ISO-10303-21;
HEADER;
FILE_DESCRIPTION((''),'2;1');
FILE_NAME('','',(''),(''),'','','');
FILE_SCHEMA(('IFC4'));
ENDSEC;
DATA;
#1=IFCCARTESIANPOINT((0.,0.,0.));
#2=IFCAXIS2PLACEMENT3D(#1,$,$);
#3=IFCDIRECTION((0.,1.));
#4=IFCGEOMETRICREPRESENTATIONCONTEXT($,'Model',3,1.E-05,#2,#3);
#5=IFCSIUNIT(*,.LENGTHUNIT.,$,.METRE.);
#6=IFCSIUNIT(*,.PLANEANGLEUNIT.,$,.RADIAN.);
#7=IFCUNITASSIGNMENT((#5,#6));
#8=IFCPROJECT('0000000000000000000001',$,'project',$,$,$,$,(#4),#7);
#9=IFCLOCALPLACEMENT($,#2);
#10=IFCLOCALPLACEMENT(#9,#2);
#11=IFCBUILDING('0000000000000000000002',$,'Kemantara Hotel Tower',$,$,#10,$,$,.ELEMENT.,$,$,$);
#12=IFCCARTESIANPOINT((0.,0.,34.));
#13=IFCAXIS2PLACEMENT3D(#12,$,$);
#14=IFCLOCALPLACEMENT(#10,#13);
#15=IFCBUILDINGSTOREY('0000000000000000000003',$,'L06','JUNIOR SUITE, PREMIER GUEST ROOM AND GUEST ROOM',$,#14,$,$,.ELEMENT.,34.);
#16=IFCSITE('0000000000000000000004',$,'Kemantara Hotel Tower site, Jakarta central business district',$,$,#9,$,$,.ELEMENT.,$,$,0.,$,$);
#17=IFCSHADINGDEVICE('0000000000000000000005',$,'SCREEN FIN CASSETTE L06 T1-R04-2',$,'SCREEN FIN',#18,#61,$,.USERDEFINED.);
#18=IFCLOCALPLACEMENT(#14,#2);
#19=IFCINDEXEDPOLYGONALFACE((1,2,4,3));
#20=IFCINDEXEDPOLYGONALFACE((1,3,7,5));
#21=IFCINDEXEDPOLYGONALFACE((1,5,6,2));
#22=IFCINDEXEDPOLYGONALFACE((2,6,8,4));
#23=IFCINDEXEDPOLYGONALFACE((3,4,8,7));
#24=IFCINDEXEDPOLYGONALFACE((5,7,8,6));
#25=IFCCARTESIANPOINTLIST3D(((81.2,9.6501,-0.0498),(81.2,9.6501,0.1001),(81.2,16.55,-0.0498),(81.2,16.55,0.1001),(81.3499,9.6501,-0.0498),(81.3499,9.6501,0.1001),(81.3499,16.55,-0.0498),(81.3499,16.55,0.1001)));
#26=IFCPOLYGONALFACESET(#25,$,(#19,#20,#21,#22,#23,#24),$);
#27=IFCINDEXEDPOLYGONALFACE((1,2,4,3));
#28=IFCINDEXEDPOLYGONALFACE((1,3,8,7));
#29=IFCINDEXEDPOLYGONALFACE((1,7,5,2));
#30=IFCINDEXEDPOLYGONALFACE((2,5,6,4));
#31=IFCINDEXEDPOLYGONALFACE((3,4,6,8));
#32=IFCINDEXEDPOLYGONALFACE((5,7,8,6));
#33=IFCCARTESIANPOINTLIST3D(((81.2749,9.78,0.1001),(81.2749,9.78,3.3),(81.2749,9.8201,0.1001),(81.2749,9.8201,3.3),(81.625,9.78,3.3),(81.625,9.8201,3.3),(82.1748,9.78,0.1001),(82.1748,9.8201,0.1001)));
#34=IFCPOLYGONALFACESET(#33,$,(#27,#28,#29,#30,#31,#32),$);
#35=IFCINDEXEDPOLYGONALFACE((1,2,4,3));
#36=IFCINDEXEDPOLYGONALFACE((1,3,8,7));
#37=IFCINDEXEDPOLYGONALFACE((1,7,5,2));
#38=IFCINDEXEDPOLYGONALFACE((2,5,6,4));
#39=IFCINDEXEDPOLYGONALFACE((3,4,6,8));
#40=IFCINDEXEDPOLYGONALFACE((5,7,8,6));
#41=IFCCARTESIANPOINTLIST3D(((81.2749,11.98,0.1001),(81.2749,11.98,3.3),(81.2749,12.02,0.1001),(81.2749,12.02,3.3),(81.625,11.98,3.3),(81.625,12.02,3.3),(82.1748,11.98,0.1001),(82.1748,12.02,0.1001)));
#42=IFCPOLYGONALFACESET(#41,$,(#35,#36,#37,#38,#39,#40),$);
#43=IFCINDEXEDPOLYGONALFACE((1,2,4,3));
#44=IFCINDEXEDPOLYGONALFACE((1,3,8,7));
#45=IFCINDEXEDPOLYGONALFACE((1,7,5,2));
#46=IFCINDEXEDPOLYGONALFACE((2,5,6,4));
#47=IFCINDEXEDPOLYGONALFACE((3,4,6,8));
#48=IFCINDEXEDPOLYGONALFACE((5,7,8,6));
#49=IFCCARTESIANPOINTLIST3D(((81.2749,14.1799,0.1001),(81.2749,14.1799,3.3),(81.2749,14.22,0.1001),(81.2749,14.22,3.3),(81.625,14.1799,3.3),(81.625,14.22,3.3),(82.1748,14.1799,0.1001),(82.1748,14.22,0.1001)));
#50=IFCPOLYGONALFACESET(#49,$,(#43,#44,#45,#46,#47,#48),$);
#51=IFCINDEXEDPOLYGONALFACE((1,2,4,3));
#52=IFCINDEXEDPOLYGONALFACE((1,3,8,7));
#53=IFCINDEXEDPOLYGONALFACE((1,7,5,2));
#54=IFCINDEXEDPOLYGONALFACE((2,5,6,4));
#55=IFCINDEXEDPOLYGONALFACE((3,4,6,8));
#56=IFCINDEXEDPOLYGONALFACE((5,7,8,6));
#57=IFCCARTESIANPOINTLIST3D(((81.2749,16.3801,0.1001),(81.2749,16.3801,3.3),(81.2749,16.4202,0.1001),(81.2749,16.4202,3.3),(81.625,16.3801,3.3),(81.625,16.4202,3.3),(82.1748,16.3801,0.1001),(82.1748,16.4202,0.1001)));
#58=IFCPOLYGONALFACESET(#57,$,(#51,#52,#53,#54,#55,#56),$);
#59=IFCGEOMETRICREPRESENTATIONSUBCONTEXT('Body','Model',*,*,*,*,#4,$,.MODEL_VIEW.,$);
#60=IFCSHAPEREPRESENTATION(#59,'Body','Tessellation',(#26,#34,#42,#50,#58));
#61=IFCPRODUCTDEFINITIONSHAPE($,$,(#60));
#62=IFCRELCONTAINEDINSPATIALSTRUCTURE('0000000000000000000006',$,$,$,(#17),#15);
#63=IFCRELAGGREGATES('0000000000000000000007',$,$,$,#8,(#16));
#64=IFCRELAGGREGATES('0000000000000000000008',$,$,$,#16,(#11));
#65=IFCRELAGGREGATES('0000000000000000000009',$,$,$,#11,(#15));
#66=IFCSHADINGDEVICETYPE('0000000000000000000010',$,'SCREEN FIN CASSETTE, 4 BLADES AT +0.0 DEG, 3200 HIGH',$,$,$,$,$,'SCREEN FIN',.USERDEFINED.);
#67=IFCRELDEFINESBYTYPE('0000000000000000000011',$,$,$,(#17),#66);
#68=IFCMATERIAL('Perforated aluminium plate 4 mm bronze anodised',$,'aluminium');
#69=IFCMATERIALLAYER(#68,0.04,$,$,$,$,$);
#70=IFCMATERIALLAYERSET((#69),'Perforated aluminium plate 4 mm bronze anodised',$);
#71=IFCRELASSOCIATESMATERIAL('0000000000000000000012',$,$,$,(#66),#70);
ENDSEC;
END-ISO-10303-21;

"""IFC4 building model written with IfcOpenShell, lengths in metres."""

from ifc_helpers import new_model, si_unit, direction, frame, origin, origin_2d, place, context, subcontext, project, spatial, polyline, rectangle, outline, extrude, source, transform, mapped, material, layer, layer_set, type_object, element, save


model = new_model("IFC4")

# Units and contexts
model_context = context("Model", 3, precision=1e-05, world=origin(), true_north=direction((0.0, 1.0)))
body_context = subcontext(model_context, "Body", "Model", "MODEL_VIEW")
ifc_project = project(units=[si_unit("LENGTHUNIT", "METRE"), si_unit("PLANEANGLEUNIT", "RADIAN")], contexts=[model_context])

# Site, building, storey
site_placement = place(None, origin())
site = spatial("IfcSite", under=ifc_project, at=site_placement, Name="Kemantara Hotel Tower site, Jakarta central business district", CompositionType="ELEMENT", RefElevation=0.0)
building_placement = place(site_placement, origin())
building = spatial("IfcBuilding", under=site, at=building_placement, Name="Kemantara Hotel Tower", CompositionType="ELEMENT")
storey_placement = place(building_placement, frame((0.0, 0.0, 34.0)))
storey = spatial("IfcBuildingStorey", under=building, at=storey_placement, Name="L06", Description="JUNIOR SUITE, PREMIER GUEST ROOM AND GUEST ROOM", CompositionType="ELEMENT", Elevation=34.0)

# Shading device
ifc_material_1 = material(Name="Perforated aluminium plate 4 mm bronze anodised", Category="aluminium")
ifc_layer_1 = layer(ifc_material_1, 0.04)
ifc_layer_set_1 = layer_set([ifc_layer_1], Name="Perforated aluminium plate 4 mm bronze anodised")
shading_device_type_1 = type_object("IfcShadingDeviceType", Name="SCREEN FIN CASSETTE, 4 BLADES AT +0.0 DEG, 3200 HIGH", ElementType="SCREEN FIN", PredefinedType="USERDEFINED", material=ifc_layer_set_1)
shared_shape_1 = source(origin(), body_context, "Body", "SweptSolid", [
    extrude(rectangle(XDim=6.8999, YDim=0.1499, at=origin_2d()), frame((3.3, -0.075, -0.1499), z_axis=(0.0, 0.0, 1.0), x_axis=(1.0, 0.0, 0.0)), (0.0, 0.0, 1.0), 0.1499),
    extrude(outline(polyline([(0.0, 0.0), (0.8999, 0.0), (0.3501, 3.2), (0.0, 3.2), (0.0, 0.0)])), frame((0.02, -0.075, 0.0), z_axis=(-1.0, 0.0, 0.0), x_axis=(0.0, -1.0, 0.0)), (0.0, 0.0, 1.0), 0.04),
    extrude(outline(polyline([(0.0, 0.0), (0.8999, 0.0), (0.3501, 3.2), (0.0, 3.2), (0.0, 0.0)])), frame((2.22, -0.075, 0.0), z_axis=(-1.0, 0.0, 0.0), x_axis=(0.0, -1.0, 0.0)), (0.0, 0.0, 1.0), 0.04),
    extrude(outline(polyline([(0.0, 0.0), (0.8999, 0.0), (0.3501, 3.2), (0.0, 3.2), (0.0, 0.0)])), frame((4.4199, -0.075, 0.0), z_axis=(-1.0, 0.0, 0.0), x_axis=(0.0, -1.0, 0.0)), (0.0, 0.0, 1.0), 0.04),
    extrude(outline(polyline([(0.0, 0.0), (0.8999, 0.0), (0.3501, 3.2), (0.0, 3.2), (0.0, 0.0)])), frame((6.6201, -0.075, 0.0), z_axis=(-1.0, 0.0, 0.0), x_axis=(0.0, -1.0, 0.0)), (0.0, 0.0, 1.0), 0.04),
])
shading_device_1_placement = place(storey_placement, frame((81.2, 9.8, 0.1001), z_axis=(0.0, 0.0, 1.0), x_axis=(0.0, 1.0, 0.0)))
element("IfcShadingDevice", 1, at=shading_device_1_placement, inside=storey, type_object=shading_device_type_1, Name="SCREEN FIN CASSETTE L06 T1-R04-2", ObjectType="SCREEN FIN", PredefinedType="USERDEFINED", context=body_context, shape_type="MappedRepresentation", body=[
    mapped(shared_shape_1, transform((0.0, 0.0, 0.0))),
])

save(model, "model.ifc")
